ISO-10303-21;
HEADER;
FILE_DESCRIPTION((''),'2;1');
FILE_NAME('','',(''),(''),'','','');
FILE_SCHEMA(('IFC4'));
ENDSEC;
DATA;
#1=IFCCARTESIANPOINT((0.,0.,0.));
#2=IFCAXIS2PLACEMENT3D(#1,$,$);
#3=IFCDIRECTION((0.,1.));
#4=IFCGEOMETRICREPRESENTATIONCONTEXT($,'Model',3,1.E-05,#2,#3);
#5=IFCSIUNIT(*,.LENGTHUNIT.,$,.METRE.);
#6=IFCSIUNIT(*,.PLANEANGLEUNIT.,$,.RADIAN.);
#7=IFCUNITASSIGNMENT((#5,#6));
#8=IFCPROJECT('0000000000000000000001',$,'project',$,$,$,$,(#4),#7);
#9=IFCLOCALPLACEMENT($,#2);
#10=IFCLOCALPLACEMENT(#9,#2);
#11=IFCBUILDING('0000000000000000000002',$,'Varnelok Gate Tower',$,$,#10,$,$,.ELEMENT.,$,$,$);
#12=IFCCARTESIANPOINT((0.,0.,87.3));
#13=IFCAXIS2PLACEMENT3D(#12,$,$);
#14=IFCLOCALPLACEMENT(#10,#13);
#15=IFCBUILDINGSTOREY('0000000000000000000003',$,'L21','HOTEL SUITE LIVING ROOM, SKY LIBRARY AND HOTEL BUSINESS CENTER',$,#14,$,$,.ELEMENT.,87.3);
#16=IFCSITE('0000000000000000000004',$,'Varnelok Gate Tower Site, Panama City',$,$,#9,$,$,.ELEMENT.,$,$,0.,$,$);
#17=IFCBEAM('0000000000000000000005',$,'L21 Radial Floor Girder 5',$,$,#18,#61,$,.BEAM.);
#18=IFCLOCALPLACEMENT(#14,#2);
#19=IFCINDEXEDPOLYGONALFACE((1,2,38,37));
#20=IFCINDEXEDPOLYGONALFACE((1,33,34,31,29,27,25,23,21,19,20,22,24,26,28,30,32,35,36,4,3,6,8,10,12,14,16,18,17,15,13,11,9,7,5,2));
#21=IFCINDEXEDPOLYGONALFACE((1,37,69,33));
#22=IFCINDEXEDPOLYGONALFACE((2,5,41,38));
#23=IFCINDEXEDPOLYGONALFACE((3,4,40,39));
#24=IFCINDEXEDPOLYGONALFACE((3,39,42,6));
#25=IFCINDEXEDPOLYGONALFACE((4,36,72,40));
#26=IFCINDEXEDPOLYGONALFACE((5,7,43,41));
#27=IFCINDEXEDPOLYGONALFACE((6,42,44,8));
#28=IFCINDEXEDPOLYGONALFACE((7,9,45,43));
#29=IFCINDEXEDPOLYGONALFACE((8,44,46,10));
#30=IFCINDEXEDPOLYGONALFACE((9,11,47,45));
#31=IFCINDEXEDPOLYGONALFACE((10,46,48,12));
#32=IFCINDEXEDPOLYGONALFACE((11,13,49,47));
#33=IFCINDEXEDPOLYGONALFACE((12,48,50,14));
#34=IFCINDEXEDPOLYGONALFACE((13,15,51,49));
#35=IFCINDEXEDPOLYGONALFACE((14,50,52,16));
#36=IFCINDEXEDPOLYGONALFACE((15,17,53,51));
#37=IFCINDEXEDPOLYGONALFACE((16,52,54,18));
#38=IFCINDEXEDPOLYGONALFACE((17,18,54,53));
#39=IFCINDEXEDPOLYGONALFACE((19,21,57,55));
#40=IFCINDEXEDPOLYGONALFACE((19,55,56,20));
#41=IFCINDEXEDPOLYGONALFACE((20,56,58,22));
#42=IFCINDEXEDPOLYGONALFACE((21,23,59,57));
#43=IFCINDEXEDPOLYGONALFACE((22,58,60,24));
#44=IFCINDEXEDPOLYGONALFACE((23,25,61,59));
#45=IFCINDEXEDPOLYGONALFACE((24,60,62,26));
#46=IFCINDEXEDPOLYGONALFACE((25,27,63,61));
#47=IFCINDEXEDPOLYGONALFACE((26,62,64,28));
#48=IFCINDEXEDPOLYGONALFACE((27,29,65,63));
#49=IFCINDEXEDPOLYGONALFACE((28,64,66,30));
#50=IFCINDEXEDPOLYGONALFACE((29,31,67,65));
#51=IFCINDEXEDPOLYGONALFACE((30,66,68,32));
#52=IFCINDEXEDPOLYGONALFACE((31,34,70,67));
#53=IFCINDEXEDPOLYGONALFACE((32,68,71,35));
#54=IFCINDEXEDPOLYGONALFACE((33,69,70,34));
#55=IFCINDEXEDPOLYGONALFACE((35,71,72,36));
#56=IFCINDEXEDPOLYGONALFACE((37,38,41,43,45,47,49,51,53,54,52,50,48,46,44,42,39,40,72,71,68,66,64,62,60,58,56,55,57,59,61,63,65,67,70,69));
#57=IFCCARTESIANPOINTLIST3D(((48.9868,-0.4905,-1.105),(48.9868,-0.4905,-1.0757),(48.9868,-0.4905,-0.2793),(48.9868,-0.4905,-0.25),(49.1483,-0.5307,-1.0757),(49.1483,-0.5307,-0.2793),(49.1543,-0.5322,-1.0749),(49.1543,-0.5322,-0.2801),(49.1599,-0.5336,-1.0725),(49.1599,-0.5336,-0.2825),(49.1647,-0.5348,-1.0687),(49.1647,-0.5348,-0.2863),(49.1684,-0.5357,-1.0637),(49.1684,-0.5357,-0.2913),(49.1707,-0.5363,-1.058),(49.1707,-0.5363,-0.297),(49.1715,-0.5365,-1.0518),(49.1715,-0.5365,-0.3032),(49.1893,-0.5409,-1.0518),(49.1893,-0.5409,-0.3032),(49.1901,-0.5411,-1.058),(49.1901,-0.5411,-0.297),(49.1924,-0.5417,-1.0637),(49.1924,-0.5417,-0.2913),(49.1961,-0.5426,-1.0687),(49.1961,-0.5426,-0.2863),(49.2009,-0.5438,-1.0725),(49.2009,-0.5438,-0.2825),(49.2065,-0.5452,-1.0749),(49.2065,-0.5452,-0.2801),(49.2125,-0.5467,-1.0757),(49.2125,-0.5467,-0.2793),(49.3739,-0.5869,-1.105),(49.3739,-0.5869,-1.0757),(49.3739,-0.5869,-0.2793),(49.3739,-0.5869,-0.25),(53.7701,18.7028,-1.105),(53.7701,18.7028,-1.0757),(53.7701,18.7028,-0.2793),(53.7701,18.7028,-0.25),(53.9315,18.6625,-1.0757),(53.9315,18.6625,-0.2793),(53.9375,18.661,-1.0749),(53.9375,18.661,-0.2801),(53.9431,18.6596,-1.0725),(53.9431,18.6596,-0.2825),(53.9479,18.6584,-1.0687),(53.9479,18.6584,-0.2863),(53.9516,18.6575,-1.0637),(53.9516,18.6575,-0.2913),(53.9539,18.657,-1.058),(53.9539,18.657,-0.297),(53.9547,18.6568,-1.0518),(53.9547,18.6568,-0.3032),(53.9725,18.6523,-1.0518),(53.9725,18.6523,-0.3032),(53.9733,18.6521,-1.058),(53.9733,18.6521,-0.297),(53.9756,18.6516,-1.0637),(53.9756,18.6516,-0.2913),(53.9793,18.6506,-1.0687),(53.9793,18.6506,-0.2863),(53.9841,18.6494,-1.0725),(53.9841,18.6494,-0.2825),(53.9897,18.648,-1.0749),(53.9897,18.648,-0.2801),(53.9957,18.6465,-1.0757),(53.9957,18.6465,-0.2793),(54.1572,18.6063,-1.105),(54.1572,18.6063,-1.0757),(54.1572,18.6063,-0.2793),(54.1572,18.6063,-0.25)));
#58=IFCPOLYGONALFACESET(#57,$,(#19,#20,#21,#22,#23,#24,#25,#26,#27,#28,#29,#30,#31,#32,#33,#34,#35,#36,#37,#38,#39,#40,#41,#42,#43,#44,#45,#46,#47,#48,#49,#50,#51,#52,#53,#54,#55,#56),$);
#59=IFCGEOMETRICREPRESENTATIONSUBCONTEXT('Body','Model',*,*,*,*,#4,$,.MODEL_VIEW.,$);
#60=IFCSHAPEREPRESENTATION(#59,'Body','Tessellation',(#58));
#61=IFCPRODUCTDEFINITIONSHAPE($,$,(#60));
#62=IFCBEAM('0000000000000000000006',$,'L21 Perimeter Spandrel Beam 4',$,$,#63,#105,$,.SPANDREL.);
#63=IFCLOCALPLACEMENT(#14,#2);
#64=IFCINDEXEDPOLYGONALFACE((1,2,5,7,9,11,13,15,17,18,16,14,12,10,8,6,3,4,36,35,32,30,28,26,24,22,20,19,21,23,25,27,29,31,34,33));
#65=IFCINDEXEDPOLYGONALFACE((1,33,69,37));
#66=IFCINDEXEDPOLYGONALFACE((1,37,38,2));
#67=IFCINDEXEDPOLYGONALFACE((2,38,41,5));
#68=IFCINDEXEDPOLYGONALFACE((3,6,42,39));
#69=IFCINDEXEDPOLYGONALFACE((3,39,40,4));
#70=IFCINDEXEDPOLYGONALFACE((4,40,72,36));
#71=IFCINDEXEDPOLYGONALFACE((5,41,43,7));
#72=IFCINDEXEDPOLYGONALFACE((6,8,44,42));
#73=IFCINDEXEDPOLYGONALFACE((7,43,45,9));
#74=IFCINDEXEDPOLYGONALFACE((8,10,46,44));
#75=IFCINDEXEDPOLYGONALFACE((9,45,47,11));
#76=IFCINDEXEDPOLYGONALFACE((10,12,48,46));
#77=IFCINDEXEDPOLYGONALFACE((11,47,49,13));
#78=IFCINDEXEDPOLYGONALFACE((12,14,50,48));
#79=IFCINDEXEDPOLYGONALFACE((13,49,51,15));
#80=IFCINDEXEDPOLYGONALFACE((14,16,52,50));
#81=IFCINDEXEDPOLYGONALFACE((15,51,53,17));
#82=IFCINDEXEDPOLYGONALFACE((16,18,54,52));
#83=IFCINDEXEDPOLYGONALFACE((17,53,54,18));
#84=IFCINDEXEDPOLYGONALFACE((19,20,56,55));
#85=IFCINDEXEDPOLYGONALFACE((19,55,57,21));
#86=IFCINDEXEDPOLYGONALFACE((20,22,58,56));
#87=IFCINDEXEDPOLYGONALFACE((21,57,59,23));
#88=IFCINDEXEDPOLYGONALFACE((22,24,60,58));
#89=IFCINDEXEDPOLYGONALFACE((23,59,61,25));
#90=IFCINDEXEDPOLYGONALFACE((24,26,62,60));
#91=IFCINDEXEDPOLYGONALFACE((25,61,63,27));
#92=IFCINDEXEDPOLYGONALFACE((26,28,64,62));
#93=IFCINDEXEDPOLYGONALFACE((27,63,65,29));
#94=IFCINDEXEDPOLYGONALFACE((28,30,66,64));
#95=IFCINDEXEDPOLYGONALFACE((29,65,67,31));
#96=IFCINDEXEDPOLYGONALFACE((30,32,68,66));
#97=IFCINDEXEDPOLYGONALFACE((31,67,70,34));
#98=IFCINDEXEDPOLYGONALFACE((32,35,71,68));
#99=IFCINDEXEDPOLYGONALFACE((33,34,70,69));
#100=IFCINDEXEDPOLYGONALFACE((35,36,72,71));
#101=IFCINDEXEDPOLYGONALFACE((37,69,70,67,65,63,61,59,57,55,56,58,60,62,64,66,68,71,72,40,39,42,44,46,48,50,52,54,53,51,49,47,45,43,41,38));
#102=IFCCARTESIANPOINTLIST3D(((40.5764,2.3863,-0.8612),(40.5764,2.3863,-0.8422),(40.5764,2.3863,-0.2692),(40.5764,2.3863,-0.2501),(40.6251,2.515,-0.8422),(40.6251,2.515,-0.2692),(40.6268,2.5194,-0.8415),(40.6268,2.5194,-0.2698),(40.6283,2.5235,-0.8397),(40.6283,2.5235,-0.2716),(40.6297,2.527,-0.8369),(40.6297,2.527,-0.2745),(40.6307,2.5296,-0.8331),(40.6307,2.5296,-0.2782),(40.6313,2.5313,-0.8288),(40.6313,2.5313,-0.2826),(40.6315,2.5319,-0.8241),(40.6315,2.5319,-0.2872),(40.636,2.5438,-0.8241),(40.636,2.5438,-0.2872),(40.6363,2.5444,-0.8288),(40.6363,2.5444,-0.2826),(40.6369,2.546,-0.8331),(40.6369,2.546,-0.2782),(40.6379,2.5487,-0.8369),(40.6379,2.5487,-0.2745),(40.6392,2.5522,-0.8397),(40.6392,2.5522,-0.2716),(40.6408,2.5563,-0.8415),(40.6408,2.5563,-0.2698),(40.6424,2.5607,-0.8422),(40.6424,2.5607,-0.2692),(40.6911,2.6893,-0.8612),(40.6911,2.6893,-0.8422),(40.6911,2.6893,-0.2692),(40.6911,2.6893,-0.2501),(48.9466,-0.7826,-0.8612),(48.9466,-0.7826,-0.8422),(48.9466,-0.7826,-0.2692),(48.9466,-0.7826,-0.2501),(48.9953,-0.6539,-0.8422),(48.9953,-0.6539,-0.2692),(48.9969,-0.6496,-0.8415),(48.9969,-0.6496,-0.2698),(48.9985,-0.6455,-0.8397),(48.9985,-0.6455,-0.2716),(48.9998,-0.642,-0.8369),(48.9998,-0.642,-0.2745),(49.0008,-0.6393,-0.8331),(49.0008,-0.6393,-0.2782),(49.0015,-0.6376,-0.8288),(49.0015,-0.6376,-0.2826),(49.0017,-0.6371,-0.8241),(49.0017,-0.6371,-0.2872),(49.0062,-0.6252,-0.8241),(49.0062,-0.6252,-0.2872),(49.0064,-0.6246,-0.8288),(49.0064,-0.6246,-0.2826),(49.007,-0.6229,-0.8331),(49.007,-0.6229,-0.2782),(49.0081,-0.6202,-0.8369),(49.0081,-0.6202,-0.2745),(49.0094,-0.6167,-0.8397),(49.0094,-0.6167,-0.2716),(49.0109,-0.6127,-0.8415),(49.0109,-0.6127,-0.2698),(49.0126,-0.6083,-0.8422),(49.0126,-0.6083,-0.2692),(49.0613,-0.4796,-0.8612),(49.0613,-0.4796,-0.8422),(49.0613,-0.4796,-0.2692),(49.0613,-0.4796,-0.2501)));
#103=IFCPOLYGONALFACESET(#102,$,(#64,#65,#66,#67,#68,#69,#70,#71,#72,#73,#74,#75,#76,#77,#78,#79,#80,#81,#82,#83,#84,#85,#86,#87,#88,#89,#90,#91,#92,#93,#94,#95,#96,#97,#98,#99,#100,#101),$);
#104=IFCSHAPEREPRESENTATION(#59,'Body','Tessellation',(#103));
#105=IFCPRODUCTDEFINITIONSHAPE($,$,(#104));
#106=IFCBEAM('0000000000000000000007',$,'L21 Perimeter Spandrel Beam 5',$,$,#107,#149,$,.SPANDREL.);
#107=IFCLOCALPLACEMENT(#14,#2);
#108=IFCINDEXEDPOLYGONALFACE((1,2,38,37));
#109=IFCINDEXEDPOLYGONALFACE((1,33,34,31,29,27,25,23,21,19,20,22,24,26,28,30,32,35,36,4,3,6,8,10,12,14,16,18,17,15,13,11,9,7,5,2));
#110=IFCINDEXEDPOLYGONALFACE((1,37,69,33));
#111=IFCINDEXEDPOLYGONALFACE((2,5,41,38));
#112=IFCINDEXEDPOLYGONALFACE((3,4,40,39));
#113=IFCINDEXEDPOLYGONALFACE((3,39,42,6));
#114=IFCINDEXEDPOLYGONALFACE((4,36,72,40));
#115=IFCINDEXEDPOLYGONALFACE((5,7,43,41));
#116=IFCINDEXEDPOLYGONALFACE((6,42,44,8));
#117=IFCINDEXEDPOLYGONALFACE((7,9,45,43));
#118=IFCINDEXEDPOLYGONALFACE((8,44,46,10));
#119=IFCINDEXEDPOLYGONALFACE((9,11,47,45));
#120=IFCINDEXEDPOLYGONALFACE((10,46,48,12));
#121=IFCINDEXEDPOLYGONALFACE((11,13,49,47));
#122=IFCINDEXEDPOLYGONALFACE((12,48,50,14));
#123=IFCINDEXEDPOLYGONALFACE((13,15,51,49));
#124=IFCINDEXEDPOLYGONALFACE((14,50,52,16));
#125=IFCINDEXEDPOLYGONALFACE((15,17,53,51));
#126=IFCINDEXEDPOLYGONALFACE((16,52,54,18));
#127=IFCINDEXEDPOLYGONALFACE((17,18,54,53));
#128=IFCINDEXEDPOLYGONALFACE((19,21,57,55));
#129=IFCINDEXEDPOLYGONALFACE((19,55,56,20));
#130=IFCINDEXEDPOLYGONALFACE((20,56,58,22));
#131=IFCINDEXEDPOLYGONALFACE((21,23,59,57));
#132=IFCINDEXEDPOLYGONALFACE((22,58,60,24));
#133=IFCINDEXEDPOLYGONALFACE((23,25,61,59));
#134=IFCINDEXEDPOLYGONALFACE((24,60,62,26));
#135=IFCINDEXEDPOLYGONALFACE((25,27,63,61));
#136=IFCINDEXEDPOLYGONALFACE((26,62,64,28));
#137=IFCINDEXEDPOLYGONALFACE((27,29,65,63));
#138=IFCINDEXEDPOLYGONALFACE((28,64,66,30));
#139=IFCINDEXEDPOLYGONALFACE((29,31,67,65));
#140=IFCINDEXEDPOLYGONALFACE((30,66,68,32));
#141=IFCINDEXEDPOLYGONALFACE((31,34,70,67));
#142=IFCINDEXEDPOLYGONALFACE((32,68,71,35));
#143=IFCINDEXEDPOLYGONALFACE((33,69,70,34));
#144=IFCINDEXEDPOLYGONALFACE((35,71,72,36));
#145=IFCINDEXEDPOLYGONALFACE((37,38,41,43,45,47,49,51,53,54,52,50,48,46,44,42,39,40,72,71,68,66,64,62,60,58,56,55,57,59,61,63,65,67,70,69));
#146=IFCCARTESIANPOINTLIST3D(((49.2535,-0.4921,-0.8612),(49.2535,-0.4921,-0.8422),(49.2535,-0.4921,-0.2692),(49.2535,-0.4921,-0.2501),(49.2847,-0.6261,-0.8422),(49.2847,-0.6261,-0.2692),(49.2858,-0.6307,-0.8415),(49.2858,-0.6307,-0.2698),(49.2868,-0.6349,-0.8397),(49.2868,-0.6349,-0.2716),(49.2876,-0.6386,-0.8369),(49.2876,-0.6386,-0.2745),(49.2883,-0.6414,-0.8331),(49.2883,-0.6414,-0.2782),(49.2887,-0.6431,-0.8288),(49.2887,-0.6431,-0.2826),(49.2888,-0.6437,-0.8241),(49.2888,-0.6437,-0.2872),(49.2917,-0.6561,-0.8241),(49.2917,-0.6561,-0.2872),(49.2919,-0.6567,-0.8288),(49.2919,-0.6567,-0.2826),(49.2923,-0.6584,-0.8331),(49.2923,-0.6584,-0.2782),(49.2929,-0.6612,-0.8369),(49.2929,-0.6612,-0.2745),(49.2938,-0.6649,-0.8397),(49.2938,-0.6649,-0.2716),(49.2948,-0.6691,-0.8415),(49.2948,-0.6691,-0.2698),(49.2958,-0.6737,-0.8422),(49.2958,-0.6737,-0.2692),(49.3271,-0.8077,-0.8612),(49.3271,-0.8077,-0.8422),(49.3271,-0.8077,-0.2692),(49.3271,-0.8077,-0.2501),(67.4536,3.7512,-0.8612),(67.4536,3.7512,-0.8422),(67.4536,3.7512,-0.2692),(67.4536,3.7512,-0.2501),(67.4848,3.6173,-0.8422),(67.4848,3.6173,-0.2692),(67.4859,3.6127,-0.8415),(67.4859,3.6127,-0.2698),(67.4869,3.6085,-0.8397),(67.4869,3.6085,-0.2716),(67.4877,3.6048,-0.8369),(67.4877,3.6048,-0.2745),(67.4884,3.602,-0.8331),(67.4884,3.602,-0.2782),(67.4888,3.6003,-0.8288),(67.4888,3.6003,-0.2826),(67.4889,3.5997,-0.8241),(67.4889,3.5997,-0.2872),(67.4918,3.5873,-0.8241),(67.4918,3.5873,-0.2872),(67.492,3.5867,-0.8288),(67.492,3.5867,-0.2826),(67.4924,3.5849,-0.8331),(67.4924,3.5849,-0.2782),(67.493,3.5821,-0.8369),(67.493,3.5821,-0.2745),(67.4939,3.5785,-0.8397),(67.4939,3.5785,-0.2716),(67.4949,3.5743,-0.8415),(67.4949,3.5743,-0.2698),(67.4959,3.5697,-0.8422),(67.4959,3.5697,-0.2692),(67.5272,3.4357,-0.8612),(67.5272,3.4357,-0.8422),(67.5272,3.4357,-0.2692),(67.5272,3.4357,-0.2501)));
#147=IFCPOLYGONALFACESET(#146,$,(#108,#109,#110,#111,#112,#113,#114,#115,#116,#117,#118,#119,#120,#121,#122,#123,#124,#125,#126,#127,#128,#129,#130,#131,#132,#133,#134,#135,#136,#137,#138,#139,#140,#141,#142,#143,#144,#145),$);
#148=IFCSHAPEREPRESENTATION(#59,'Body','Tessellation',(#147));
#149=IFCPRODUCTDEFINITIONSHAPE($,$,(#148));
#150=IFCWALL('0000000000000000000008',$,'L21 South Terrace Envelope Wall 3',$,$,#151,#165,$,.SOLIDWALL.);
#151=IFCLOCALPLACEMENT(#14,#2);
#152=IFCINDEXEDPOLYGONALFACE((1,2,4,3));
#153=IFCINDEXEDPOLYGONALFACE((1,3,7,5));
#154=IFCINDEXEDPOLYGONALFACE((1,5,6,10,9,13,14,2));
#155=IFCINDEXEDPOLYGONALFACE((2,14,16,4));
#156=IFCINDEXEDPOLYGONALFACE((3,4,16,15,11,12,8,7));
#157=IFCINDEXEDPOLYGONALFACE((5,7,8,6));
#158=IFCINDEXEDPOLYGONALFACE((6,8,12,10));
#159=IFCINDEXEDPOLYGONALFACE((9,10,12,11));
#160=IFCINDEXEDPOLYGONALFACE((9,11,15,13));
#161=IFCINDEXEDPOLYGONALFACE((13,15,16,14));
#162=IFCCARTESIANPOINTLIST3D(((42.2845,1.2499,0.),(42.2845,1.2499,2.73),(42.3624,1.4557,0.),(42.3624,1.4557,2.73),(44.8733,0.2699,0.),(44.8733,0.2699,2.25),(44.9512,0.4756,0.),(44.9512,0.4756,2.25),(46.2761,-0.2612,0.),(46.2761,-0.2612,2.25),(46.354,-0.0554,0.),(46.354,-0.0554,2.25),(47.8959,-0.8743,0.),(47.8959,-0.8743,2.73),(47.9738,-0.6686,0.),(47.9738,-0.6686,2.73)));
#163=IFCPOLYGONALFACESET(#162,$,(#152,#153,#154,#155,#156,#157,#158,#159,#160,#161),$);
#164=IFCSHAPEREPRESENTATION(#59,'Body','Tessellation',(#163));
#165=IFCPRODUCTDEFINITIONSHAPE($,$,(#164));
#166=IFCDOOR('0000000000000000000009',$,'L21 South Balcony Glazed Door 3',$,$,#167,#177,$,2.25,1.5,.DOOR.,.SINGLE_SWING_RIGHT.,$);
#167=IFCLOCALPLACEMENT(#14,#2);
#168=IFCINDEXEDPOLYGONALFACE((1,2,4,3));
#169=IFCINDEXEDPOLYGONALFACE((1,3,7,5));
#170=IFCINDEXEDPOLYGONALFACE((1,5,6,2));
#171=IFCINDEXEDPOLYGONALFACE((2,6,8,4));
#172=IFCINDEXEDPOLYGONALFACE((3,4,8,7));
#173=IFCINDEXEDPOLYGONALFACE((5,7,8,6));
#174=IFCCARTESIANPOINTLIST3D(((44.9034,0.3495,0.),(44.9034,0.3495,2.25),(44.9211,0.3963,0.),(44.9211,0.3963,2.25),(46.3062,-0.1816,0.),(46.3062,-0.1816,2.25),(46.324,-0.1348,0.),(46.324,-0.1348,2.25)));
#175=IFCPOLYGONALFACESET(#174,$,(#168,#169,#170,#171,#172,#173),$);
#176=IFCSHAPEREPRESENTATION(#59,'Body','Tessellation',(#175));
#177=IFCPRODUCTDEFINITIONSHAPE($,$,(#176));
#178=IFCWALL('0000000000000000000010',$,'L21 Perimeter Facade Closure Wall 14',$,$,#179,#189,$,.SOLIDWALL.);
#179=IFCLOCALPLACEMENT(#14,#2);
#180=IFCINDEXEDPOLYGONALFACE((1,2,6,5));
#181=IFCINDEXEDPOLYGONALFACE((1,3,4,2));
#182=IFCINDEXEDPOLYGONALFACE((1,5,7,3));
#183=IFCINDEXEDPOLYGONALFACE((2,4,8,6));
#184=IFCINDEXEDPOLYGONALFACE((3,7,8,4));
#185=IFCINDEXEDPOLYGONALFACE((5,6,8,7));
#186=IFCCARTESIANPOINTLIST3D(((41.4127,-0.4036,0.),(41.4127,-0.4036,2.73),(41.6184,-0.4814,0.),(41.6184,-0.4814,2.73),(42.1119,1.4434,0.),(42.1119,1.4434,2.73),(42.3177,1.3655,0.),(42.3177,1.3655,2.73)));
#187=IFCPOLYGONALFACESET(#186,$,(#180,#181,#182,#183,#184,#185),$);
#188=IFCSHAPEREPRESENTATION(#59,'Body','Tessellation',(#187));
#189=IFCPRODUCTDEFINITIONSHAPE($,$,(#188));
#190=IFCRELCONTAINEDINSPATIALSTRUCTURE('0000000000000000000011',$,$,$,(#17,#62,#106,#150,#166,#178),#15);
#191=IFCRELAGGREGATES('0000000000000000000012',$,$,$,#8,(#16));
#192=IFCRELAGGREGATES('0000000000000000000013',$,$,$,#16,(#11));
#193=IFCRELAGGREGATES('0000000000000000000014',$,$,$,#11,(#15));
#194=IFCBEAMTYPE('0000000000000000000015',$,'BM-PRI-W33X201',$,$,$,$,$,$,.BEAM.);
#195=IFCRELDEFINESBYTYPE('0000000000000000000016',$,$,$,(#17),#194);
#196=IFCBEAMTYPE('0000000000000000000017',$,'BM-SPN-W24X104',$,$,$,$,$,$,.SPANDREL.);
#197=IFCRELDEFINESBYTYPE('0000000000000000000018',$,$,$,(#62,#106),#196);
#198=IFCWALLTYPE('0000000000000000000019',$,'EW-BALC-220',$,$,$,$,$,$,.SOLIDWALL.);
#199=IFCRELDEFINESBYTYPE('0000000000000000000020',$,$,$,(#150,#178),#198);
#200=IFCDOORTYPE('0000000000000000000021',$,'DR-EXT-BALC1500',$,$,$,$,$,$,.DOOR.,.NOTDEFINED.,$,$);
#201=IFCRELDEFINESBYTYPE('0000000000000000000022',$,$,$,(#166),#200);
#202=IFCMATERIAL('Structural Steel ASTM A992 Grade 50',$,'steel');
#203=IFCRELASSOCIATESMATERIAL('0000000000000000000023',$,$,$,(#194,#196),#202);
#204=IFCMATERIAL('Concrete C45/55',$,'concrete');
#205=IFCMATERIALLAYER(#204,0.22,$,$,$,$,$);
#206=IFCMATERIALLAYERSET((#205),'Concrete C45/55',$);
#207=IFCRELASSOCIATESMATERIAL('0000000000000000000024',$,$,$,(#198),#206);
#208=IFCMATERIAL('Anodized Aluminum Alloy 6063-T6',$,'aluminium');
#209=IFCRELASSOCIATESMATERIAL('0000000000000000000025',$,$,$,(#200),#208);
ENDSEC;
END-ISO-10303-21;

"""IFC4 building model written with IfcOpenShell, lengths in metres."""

from ifc_helpers import new_model, si_unit, direction, frame, frame_2d, origin, origin_2d, place, context, subcontext, project, spatial, rectangle, i_section, extrude, material, layer, layer_set, material_profile, profile_set, type_object, element, fill, save


model = new_model("IFC4")

# Units and contexts
model_context = context("Model", 3, precision=1e-05, world=origin(), true_north=direction((0.0, 1.0)))
body_context = subcontext(model_context, "Body", "Model", "MODEL_VIEW")
ifc_project = project(units=[si_unit("LENGTHUNIT", "METRE"), si_unit("PLANEANGLEUNIT", "RADIAN")], contexts=[model_context])

# Site, building, storey
site_placement = place(None, origin())
site = spatial("IfcSite", under=ifc_project, at=site_placement, Name="Varnelok Gate Tower Site, Panama City", CompositionType="ELEMENT", RefElevation=0.0)
building_placement = place(site_placement, origin())
building = spatial("IfcBuilding", under=site, at=building_placement, Name="Varnelok Gate Tower", CompositionType="ELEMENT")
storey_placement = place(building_placement, frame((0.0, 0.0, 87.3)))
storey = spatial("IfcBuildingStorey", under=building, at=storey_placement, Name="L21", Description="HOTEL SUITE LIVING ROOM, SKY LIBRARY AND HOTEL BUSINESS CENTER", CompositionType="ELEMENT", Elevation=87.3)

# Shared definitions
ifc_material_1 = material(Name="Structural Steel ASTM A992 Grade 50", Category="steel")

# Beams
ifc_material_profile_1 = material_profile(ifc_material_1, i_section(OverallWidth=0.3989, OverallDepth=0.855, WebThickness=0.0183, FlangeThickness=0.0293, FilletRadius=0.0239, at=origin_2d()), Name="W33X201")
ifc_profile_set_1 = profile_set([ifc_material_profile_1], Name="Structural Steel ASTM A992 Grade 50")
beam_type_1 = type_object("IfcBeamType", Name="BM-PRI-W33X201", PredefinedType="BEAM", material=ifc_profile_set_1)
beam_1_placement = place(storey_placement, frame((53.9636, 18.6545, -0.6775), z_axis=(-0.241818, -0.970322, 0.0), x_axis=(0.970322, -0.241818, 0.0)))
element("IfcBeam", 1, at=beam_1_placement, inside=storey, type_object=beam_type_1, Name="L21 Radial Floor Girder 5", PredefinedType="BEAM", context=body_context, shape_type="SweptSolid", body=[
    extrude(i_section(OverallWidth=0.3989, OverallDepth=0.855, WebThickness=0.0183, FlangeThickness=0.0293, FilletRadius=0.0239, at=origin_2d()), origin(), (0.0, 0.0, 1.0), 19.7803),
])
ifc_material_profile_2 = material_profile(ifc_material_1, i_section(OverallWidth=0.324, OverallDepth=0.6111, WebThickness=0.0127, FlangeThickness=0.019, FilletRadius=0.0181, at=origin_2d()), Name="W24X104")
ifc_profile_set_2 = profile_set([ifc_material_profile_2], Name="Structural Steel ASTM A992 Grade 50")
beam_type_2 = type_object("IfcBeamType", Name="BM-SPN-W24X104", PredefinedType="SPANDREL", material=ifc_profile_set_2)
beam_2_placement = place(storey_placement, frame((40.6338, 2.5378, -0.5557), z_axis=(0.935217, -0.354075, 0.0), x_axis=(0.354075, 0.935217, 0.0)))
element("IfcBeam", 2, at=beam_2_placement, inside=storey, type_object=beam_type_2, Name="L21 Perimeter Spandrel Beam 4", PredefinedType="SPANDREL", context=body_context, shape_type="SweptSolid", body=[
    extrude(i_section(OverallWidth=0.324, OverallDepth=0.6111, WebThickness=0.0127, FlangeThickness=0.019, FilletRadius=0.0181, at=origin_2d()), origin(), (0.0, 0.0, 1.0), 8.95),
])
beam_3_placement = place(storey_placement, frame((49.2903, -0.6499, -0.5557), z_axis=(0.97388, 0.227062, 0.0), x_axis=(-0.227062, 0.97388, 0.0)))
element("IfcBeam", 3, at=beam_3_placement, inside=storey, type_object=beam_type_2, Name="L21 Perimeter Spandrel Beam 5", PredefinedType="SPANDREL", context=body_context, shape_type="SweptSolid", body=[
    extrude(i_section(OverallWidth=0.324, OverallDepth=0.6111, WebThickness=0.0127, FlangeThickness=0.019, FilletRadius=0.0181, at=origin_2d()), origin(), (0.0, 0.0, 1.0), 18.6882),
])

# Wall, opening, door
ifc_material_2 = material(Name="Concrete C45/55", Category="concrete")
ifc_layer_1 = layer(ifc_material_2, 0.22)
ifc_layer_set_1 = layer_set([ifc_layer_1], Name="Concrete C45/55")
wall_type_1 = type_object("IfcWallType", Name="EW-BALC-220", PredefinedType="SOLIDWALL", material=ifc_layer_set_1)
wall_1_placement = place(storey_placement, frame((47.9348, -0.7715, 0.0), z_axis=(0.0, 0.0, 1.0), x_axis=(-0.935228, 0.354047, 0.0)))
wall_1 = element("IfcWall", 4, at=wall_1_placement, inside=storey, type_object=wall_type_1, Name="L21 South Terrace Envelope Wall 3", PredefinedType="SOLIDWALL", context=body_context, shape_type="SweptSolid", body=[
    extrude(rectangle(XDim=6.0, YDim=0.22, at=frame_2d((3.0, 0.0))), origin(), (0.0, 0.0, 1.0), 2.73),
])
opening_1_placement = place(wall_1_placement, frame((1.7319, 0.0, 0.0)))
opening_1 = element("IfcOpeningElement", 5, at=opening_1_placement, cuts=wall_1, PredefinedType="OPENING", context=body_context, shape_type="SweptSolid", body=[
    extrude(rectangle(XDim=1.5, YDim=2.25, at=frame_2d((0.75, 1.125))), frame((0.0, 0.1199, 0.0), z_axis=(0.0, -1.0, 0.0), x_axis=(1.0, 0.0, 0.0)), (0.0, 0.0, 1.0), 0.24),
])
ifc_material_3 = material(Name="Anodized Aluminum Alloy 6063-T6", Category="aluminium")
door_type_1 = type_object("IfcDoorType", Name="DR-EXT-BALC1500", OperationType="NOTDEFINED", PredefinedType="DOOR", material=ifc_material_3)
door_1_placement = place(opening_1_placement, origin())
door_1 = element("IfcDoor", 6, at=door_1_placement, inside=storey, type_object=door_type_1, Name="L21 South Balcony Glazed Door 3", OperationType="SINGLE_SWING_RIGHT", OverallHeight=2.25, OverallWidth=1.5, PredefinedType="DOOR", context=body_context, shape_type="SweptSolid", body=[
    extrude(rectangle(XDim=1.5, YDim=2.25, at=frame_2d((0.75, 1.125))), frame((0.0, 0.0249, 0.0), z_axis=(0.0, -1.0, 0.0), x_axis=(1.0, 0.0, 0.0)), (0.0, 0.0, 1.0), 0.05),
])
fill(opening_1, door_1)

# Wall
wall_2_placement = place(storey_placement, frame((41.5156, -0.4424, 0.0), z_axis=(0.0, 0.0, 1.0), x_axis=(0.354062, 0.935222, 0.0)))
element("IfcWall", 7, at=wall_2_placement, inside=storey, type_object=wall_type_1, Name="L21 Perimeter Facade Closure Wall 14", PredefinedType="SOLIDWALL", context=body_context, shape_type="SweptSolid", body=[
    extrude(rectangle(XDim=1.9749, YDim=0.22, at=frame_2d((0.9873, 0.0))), origin(), (0.0, 0.0, 1.0), 2.73),
])

save(model, "model.ifc")
